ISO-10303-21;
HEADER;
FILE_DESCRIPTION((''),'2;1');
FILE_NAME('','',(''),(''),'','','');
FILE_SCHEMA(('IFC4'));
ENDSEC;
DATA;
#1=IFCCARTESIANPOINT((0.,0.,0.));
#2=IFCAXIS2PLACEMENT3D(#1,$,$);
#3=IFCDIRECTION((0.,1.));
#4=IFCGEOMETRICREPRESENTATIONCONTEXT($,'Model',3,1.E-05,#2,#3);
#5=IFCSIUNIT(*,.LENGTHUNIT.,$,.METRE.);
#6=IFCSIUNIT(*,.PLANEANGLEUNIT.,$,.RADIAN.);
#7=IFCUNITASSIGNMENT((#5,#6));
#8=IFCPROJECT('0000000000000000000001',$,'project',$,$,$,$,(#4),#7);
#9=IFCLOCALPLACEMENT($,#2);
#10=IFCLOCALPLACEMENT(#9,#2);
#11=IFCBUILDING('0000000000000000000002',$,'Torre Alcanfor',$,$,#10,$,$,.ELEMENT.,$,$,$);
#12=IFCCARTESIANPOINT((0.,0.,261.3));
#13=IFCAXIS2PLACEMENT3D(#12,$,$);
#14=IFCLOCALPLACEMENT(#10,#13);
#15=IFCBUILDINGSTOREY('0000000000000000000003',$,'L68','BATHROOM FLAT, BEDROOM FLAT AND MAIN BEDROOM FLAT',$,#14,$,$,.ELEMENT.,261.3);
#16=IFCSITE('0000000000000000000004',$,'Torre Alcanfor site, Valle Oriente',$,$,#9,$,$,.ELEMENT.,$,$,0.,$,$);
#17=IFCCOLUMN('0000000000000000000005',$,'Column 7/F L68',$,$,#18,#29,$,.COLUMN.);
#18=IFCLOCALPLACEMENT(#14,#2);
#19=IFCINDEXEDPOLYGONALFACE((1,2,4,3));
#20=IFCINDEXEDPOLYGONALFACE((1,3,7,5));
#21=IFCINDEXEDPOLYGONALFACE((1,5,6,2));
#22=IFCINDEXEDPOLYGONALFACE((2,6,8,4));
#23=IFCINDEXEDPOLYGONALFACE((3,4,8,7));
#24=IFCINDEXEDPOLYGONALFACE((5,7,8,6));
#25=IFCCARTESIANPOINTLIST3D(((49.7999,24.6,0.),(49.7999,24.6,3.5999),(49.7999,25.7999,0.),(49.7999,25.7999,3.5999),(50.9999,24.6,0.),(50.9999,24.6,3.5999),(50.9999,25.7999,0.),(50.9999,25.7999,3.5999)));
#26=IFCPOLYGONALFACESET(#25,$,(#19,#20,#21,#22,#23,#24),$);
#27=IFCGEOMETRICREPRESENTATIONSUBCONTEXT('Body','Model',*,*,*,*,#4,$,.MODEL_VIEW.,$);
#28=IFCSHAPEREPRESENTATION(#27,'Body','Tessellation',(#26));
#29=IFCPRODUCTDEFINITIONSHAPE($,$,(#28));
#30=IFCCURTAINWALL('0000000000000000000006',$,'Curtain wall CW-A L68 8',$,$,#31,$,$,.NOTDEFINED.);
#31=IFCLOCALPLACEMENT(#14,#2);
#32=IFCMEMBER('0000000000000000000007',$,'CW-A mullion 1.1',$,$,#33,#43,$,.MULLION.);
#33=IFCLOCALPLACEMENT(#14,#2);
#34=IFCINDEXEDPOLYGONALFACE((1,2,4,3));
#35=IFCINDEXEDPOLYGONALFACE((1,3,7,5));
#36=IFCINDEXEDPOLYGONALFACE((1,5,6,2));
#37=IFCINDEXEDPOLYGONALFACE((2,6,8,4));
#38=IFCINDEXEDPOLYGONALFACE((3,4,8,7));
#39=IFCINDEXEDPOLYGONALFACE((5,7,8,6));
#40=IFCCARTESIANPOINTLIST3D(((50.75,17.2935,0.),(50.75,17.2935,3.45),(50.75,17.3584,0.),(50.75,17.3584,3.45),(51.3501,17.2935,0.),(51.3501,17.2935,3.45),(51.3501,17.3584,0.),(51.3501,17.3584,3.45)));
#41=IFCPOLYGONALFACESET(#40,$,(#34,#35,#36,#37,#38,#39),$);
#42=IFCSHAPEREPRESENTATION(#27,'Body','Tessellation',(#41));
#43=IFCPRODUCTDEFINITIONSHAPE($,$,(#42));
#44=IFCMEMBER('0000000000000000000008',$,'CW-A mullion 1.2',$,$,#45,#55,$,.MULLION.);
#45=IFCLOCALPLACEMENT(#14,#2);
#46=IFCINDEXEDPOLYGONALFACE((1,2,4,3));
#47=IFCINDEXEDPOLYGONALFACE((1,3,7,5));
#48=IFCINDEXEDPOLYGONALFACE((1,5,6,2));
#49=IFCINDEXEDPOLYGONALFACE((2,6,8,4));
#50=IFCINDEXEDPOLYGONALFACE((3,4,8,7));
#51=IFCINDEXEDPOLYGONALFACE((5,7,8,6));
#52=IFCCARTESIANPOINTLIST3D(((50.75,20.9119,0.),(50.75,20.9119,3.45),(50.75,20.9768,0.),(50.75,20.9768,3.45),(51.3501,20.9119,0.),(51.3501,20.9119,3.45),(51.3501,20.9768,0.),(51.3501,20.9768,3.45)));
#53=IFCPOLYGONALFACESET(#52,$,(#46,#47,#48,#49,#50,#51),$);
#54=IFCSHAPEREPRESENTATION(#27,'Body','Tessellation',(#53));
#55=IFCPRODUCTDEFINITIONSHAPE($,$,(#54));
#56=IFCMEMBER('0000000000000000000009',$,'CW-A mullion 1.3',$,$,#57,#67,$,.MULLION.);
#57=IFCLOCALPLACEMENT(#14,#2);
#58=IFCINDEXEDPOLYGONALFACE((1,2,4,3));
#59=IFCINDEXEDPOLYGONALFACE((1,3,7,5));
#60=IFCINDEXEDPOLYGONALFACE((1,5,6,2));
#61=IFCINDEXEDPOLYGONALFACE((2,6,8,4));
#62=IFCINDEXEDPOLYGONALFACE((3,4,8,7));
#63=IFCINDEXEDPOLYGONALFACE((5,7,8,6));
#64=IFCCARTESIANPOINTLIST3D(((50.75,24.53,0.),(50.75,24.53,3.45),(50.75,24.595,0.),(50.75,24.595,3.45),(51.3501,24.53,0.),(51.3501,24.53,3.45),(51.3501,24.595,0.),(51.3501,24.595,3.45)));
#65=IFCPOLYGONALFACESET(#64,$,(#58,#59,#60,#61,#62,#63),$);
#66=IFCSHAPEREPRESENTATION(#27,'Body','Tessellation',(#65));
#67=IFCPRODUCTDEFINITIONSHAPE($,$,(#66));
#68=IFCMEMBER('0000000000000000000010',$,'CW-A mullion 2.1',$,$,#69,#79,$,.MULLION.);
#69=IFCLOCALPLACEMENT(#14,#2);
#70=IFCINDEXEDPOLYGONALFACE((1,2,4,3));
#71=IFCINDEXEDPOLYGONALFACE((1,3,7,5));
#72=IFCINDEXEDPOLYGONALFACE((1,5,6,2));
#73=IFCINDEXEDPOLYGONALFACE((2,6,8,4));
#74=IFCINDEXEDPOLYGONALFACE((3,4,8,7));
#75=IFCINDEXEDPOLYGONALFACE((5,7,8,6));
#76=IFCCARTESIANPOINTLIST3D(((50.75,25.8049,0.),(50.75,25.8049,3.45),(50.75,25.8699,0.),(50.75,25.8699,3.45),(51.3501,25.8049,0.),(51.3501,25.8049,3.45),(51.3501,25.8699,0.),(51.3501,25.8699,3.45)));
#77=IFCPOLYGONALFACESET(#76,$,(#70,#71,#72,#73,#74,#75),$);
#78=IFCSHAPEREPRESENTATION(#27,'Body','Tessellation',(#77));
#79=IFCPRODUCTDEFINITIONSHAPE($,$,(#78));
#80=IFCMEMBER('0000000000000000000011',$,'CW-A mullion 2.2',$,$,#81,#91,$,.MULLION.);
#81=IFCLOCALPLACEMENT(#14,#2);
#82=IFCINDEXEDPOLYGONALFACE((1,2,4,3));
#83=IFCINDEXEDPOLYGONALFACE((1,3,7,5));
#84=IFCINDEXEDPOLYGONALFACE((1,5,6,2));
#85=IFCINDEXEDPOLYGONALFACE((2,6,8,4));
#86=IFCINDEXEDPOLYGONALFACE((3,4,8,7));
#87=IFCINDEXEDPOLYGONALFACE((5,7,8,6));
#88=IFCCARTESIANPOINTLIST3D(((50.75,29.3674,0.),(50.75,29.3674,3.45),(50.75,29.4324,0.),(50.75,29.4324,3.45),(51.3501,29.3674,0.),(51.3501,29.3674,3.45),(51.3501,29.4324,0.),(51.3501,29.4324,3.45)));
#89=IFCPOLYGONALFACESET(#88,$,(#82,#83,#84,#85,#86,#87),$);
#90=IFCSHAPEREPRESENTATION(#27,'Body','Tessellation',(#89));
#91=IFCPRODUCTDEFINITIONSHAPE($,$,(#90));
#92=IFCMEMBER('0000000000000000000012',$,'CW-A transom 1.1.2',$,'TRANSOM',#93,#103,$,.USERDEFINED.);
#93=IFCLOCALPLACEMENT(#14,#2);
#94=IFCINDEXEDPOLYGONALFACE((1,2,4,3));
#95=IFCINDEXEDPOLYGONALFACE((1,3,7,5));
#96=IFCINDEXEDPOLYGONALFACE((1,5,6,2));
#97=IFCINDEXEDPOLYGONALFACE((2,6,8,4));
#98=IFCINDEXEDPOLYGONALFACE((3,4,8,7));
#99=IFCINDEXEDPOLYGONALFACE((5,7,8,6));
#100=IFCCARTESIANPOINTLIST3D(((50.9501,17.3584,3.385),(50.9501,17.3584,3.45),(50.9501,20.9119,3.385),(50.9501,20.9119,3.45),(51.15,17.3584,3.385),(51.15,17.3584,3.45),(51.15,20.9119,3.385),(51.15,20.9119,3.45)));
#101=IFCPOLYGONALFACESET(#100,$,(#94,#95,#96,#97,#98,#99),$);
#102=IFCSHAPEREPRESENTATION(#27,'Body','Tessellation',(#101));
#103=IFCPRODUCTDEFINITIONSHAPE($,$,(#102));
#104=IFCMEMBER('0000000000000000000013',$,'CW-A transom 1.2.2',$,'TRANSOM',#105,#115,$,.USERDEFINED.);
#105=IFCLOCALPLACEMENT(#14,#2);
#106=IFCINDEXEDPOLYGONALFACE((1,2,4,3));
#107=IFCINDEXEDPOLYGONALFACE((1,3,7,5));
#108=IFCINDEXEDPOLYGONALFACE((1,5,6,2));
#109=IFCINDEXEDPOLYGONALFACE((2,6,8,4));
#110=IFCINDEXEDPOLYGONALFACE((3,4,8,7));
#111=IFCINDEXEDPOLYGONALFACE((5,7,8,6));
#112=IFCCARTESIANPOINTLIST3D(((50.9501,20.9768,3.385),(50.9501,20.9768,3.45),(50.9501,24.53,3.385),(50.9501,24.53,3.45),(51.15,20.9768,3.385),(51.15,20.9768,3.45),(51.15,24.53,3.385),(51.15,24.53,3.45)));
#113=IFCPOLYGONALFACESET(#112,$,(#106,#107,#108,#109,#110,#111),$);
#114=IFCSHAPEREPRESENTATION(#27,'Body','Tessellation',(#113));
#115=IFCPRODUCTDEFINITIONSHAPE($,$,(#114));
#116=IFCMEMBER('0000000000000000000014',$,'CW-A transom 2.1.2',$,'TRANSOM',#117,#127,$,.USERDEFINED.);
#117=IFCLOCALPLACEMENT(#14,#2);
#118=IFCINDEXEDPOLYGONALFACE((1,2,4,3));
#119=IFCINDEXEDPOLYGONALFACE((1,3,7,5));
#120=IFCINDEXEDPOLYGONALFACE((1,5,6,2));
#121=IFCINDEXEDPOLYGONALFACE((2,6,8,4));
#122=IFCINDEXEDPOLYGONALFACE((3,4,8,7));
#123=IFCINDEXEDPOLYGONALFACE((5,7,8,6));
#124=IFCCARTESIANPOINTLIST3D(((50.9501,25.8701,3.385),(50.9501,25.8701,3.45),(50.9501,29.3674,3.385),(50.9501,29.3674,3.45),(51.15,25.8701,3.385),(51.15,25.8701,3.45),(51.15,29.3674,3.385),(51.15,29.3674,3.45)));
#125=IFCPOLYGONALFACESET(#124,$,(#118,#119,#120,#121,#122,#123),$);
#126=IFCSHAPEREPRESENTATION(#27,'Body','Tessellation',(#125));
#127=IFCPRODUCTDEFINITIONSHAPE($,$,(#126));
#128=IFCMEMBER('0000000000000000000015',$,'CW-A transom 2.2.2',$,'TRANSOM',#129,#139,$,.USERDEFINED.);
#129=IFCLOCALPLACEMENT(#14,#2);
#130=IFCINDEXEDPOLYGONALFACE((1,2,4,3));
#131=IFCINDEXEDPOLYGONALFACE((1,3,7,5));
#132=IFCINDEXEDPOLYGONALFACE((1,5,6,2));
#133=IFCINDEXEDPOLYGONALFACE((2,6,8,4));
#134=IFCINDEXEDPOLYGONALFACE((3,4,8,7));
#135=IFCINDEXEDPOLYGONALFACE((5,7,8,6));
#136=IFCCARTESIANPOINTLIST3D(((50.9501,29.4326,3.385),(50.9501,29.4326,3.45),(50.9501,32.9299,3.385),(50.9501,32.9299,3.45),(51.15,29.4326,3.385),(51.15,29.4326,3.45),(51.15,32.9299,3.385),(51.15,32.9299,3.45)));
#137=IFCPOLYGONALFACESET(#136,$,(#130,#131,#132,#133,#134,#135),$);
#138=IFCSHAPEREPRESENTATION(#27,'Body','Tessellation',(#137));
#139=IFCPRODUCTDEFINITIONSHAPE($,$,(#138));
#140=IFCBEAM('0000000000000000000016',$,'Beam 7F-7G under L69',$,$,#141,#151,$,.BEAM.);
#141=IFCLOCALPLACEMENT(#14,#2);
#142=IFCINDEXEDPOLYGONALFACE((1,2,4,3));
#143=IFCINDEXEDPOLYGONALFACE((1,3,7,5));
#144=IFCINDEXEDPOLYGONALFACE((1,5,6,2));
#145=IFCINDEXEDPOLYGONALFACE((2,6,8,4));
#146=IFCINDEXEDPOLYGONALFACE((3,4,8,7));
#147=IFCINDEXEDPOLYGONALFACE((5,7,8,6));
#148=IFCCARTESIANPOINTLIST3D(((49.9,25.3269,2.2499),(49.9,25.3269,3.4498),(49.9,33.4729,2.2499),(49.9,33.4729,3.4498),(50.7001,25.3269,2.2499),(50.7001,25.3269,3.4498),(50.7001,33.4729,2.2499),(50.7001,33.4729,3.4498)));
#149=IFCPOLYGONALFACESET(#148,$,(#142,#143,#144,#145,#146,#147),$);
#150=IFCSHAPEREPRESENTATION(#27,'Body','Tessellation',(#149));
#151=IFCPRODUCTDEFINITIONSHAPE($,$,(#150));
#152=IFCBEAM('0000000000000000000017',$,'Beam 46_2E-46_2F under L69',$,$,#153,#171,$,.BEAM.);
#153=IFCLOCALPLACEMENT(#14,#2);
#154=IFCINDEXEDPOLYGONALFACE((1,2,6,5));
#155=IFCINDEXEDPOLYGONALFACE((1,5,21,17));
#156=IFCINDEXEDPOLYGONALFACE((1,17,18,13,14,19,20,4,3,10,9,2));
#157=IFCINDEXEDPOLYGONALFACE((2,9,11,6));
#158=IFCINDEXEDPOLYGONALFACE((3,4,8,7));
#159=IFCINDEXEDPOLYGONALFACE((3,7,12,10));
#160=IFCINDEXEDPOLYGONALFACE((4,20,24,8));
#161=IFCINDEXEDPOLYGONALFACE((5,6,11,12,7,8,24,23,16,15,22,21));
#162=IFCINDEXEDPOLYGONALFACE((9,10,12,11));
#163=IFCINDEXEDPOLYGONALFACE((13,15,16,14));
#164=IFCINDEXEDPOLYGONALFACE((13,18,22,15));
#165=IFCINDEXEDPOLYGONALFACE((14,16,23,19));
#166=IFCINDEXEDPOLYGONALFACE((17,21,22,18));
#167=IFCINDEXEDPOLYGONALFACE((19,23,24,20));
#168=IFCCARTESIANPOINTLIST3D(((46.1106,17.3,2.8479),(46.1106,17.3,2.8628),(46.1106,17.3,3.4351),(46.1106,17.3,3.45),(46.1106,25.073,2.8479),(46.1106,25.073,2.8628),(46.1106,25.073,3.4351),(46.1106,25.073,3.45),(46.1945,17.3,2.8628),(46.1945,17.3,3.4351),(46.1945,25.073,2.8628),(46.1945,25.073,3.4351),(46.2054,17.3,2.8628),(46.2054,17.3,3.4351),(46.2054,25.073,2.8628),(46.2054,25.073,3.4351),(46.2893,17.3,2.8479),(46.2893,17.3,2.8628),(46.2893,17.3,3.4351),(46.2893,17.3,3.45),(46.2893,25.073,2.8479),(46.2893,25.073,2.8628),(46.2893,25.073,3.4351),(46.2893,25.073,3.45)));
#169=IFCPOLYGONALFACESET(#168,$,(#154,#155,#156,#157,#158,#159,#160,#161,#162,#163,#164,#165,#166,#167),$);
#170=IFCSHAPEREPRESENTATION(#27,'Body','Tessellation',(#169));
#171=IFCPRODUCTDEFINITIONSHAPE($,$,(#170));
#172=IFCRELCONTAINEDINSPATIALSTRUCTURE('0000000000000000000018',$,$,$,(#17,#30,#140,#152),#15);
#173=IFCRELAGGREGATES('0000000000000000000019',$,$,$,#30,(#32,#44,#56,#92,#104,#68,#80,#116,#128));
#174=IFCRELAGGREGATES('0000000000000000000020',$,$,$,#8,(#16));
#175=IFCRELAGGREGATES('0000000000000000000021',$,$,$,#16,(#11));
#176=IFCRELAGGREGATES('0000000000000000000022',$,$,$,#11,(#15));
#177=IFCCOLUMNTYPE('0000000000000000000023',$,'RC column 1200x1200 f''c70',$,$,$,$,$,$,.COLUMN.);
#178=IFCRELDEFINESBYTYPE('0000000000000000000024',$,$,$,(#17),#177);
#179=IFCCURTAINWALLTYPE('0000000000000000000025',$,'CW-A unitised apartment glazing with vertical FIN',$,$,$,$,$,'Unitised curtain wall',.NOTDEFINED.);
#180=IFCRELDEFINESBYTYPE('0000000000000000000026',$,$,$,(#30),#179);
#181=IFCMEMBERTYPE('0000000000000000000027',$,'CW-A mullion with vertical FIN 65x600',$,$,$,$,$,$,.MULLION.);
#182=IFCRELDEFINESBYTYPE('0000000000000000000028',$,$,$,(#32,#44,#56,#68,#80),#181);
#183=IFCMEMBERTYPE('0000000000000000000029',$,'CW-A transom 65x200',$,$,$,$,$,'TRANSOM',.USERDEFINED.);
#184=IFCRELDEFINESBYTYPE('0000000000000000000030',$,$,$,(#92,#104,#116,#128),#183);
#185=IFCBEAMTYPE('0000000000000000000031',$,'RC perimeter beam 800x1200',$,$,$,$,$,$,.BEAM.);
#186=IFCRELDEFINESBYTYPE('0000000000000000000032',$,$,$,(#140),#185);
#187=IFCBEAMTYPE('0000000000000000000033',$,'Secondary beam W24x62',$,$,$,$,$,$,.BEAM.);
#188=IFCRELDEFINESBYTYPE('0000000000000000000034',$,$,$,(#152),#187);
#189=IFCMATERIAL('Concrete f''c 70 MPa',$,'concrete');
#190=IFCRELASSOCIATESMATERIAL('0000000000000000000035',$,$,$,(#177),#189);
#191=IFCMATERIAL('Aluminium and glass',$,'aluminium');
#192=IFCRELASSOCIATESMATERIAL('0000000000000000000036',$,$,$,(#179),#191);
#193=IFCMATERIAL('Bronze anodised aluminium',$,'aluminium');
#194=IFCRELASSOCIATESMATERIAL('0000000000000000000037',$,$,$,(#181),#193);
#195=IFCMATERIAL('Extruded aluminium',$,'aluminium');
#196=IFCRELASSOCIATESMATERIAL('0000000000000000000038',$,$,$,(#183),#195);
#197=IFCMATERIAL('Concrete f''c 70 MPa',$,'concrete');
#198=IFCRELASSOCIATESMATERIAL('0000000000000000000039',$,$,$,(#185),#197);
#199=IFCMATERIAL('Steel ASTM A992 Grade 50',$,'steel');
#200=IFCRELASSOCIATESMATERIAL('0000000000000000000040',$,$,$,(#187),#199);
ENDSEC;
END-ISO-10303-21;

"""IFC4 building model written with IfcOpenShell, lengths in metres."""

from ifc_helpers import new_model, si_unit, direction, frame, origin, origin_2d, place, context, subcontext, project, spatial, rectangle, i_section, extrude, material, material_profile, profile_set, type_object, element, aggregate, save


model = new_model("IFC4")

# Units and contexts
model_context = context("Model", 3, precision=1e-05, world=origin(), true_north=direction((0.0, 1.0)))
body_context = subcontext(model_context, "Body", "Model", "MODEL_VIEW")
ifc_project = project(units=[si_unit("LENGTHUNIT", "METRE"), si_unit("PLANEANGLEUNIT", "RADIAN")], contexts=[model_context])

# Site, building, storey
site_placement = place(None, origin())
site = spatial("IfcSite", under=ifc_project, at=site_placement, Name="Torre Alcanfor site, Valle Oriente", CompositionType="ELEMENT", RefElevation=0.0)
building_placement = place(site_placement, origin())
building = spatial("IfcBuilding", under=site, at=building_placement, Name="Torre Alcanfor", CompositionType="ELEMENT")
storey_placement = place(building_placement, frame((0.0, 0.0, 261.3)))
storey = spatial("IfcBuildingStorey", under=building, at=storey_placement, Name="L68", Description="BATHROOM FLAT, BEDROOM FLAT AND MAIN BEDROOM FLAT", CompositionType="ELEMENT", Elevation=261.3)

# Column
ifc_material_1 = material(Name="Concrete f'c 70 MPa", Category="concrete")
ifc_material_profile_1 = material_profile(ifc_material_1, rectangle(XDim=1.2, YDim=1.2, at=origin_2d()), Name="1200x1200")
ifc_profile_set_1 = profile_set([ifc_material_profile_1], Name="Concrete f'c 70 MPa")
column_type = type_object("IfcColumnType", Name="RC column 1200x1200 f'c70", PredefinedType="COLUMN", material=ifc_profile_set_1)
column_placement = place(storey_placement, frame((50.3999, 25.2, 0.0), z_axis=(0.0, 0.0, 1.0), x_axis=(1.0, 0.0, 0.0)))
element("IfcColumn", 1, at=column_placement, inside=storey, type_object=column_type, Name="Column 7/F L68", PredefinedType="COLUMN", context=body_context, shape_type="SweptSolid", body=[
    extrude(rectangle(XDim=1.2, YDim=1.2, at=origin_2d()), origin(), (0.0, 0.0, 1.0), 3.5999),
])

# Curtain wall, members
ifc_material_2 = material(Name="Aluminium and glass", Category="aluminium")
curtain_wall_type = type_object("IfcCurtainWallType", Name="CW-A unitised apartment glazing with vertical FIN", ElementType="Unitised curtain wall", PredefinedType="NOTDEFINED", material=ifc_material_2)
curtain_wall_placement = place(storey_placement, origin())
curtain_wall = element("IfcCurtainWall", 2, at=curtain_wall_placement, inside=storey, type_object=curtain_wall_type, Name="Curtain wall CW-A L68 8", PredefinedType="NOTDEFINED")
ifc_material_3 = material(Name="Bronze anodised aluminium", Category="aluminium")
ifc_material_profile_2 = material_profile(ifc_material_3, rectangle(XDim=0.6001, YDim=0.0649, at=origin_2d()), Name="CW-A mullion 65x600")
ifc_profile_set_2 = profile_set([ifc_material_profile_2], Name="Bronze anodised aluminium")
member_type_1 = type_object("IfcMemberType", Name="CW-A mullion with vertical FIN 65x600", PredefinedType="MULLION", material=ifc_profile_set_2)
member_1_placement = place(storey_placement, frame((51.05, 17.3259, 0.0), z_axis=(0.0, 0.0, 1.0), x_axis=(-1.0, 0.0, 0.0)))
member_1 = element("IfcMember", 3, at=member_1_placement, type_object=member_type_1, Name="CW-A mullion 1.1", PredefinedType="MULLION", context=body_context, shape_type="SweptSolid", body=[
    extrude(rectangle(XDim=0.6001, YDim=0.0649, at=origin_2d()), origin(), (0.0, 0.0, 1.0), 3.45),
])
member_2_placement = place(storey_placement, frame((51.05, 20.9443, 0.0), z_axis=(0.0, 0.0, 1.0), x_axis=(-1.0, 0.0, 0.0)))
member_2 = element("IfcMember", 4, at=member_2_placement, type_object=member_type_1, Name="CW-A mullion 1.2", PredefinedType="MULLION", context=body_context, shape_type="SweptSolid", body=[
    extrude(rectangle(XDim=0.6001, YDim=0.0649, at=origin_2d()), origin(), (0.0, 0.0, 1.0), 3.45),
])
member_3_placement = place(storey_placement, frame((51.05, 24.5625, 0.0), z_axis=(0.0, 0.0, 1.0), x_axis=(-1.0, 0.0, 0.0)))
member_3 = element("IfcMember", 5, at=member_3_placement, type_object=member_type_1, Name="CW-A mullion 1.3", PredefinedType="MULLION", context=body_context, shape_type="SweptSolid", body=[
    extrude(rectangle(XDim=0.6001, YDim=0.0649, at=origin_2d()), origin(), (0.0, 0.0, 1.0), 3.45),
])
member_4_placement = place(storey_placement, frame((51.05, 25.8374, 0.0), z_axis=(0.0, 0.0, 1.0), x_axis=(-1.0, 0.0, 0.0)))
member_4 = element("IfcMember", 6, at=member_4_placement, type_object=member_type_1, Name="CW-A mullion 2.1", PredefinedType="MULLION", context=body_context, shape_type="SweptSolid", body=[
    extrude(rectangle(XDim=0.6001, YDim=0.0649, at=origin_2d()), origin(), (0.0, 0.0, 1.0), 3.45),
])
member_5_placement = place(storey_placement, frame((51.05, 29.3999, 0.0), z_axis=(0.0, 0.0, 1.0), x_axis=(-1.0, 0.0, 0.0)))
member_5 = element("IfcMember", 7, at=member_5_placement, type_object=member_type_1, Name="CW-A mullion 2.2", PredefinedType="MULLION", context=body_context, shape_type="SweptSolid", body=[
    extrude(rectangle(XDim=0.6001, YDim=0.0649, at=origin_2d()), origin(), (0.0, 0.0, 1.0), 3.45),
])
ifc_material_4 = material(Name="Extruded aluminium", Category="aluminium")
ifc_material_profile_3 = material_profile(ifc_material_4, rectangle(XDim=0.2, YDim=0.0649, at=origin_2d()), Name="CW-A transom 200x65")
ifc_profile_set_3 = profile_set([ifc_material_profile_3], Name="Extruded aluminium")
member_type_2 = type_object("IfcMemberType", Name="CW-A transom 65x200", ElementType="TRANSOM", PredefinedType="USERDEFINED", material=ifc_profile_set_3)
member_6_placement = place(storey_placement, frame((51.05, 17.3584, 3.4175), z_axis=(0.0, 1.0, 0.0), x_axis=(-1.0, 0.0, 0.0)))
member_6 = element("IfcMember", 8, at=member_6_placement, type_object=member_type_2, Name="CW-A transom 1.1.2", ObjectType="TRANSOM", PredefinedType="USERDEFINED", context=body_context, shape_type="SweptSolid", body=[
    extrude(rectangle(XDim=0.2, YDim=0.0649, at=origin_2d()), origin(), (0.0, 0.0, 1.0), 3.5535),
])
member_7_placement = place(storey_placement, frame((51.05, 20.9768, 3.4175), z_axis=(0.0, 1.0, 0.0), x_axis=(-1.0, 0.0, 0.0)))
member_7 = element("IfcMember", 9, at=member_7_placement, type_object=member_type_2, Name="CW-A transom 1.2.2", ObjectType="TRANSOM", PredefinedType="USERDEFINED", context=body_context, shape_type="SweptSolid", body=[
    extrude(rectangle(XDim=0.2, YDim=0.0649, at=origin_2d()), origin(), (0.0, 0.0, 1.0), 3.5532),
])
member_8_placement = place(storey_placement, frame((51.05, 25.8701, 3.4175), z_axis=(0.0, 1.0, 0.0), x_axis=(-1.0, 0.0, 0.0)))
member_8 = element("IfcMember", 10, at=member_8_placement, type_object=member_type_2, Name="CW-A transom 2.1.2", ObjectType="TRANSOM", PredefinedType="USERDEFINED", context=body_context, shape_type="SweptSolid", body=[
    extrude(rectangle(XDim=0.2, YDim=0.0649, at=origin_2d()), origin(), (0.0, 0.0, 1.0), 3.4973),
])
member_9_placement = place(storey_placement, frame((51.05, 29.4326, 3.4175), z_axis=(0.0, 1.0, 0.0), x_axis=(-1.0, 0.0, 0.0)))
member_9 = element("IfcMember", 11, at=member_9_placement, type_object=member_type_2, Name="CW-A transom 2.2.2", ObjectType="TRANSOM", PredefinedType="USERDEFINED", context=body_context, shape_type="SweptSolid", body=[
    extrude(rectangle(XDim=0.2, YDim=0.0649, at=origin_2d()), origin(), (0.0, 0.0, 1.0), 3.4973),
])

# Beams
ifc_material_5 = material(Name="Concrete f'c 70 MPa", Category="concrete")
ifc_material_profile_4 = material_profile(ifc_material_5, rectangle(XDim=0.8, YDim=1.2, at=origin_2d()), Name="800x1200")
ifc_profile_set_4 = profile_set([ifc_material_profile_4], Name="Concrete f'c 70 MPa")
beam_type_1 = type_object("IfcBeamType", Name="RC perimeter beam 800x1200", PredefinedType="BEAM", material=ifc_profile_set_4)
beam_1_placement = place(storey_placement, frame((50.3, 25.3269, 2.8499), z_axis=(0.0, 1.0, 0.0), x_axis=(-1.0, 0.0, 0.0)))
element("IfcBeam", 12, at=beam_1_placement, inside=storey, type_object=beam_type_1, Name="Beam 7F-7G under L69", PredefinedType="BEAM", context=body_context, shape_type="SweptSolid", body=[
    extrude(rectangle(XDim=0.8, YDim=1.2, at=origin_2d()), origin(), (0.0, 0.0, 1.0), 8.146),
])
ifc_material_6 = material(Name="Steel ASTM A992 Grade 50", Category="steel")
ifc_material_profile_5 = material_profile(ifc_material_6, i_section(OverallWidth=0.1787, OverallDepth=0.6021, WebThickness=0.011, FlangeThickness=0.0149, at=origin_2d()), Name="W24x62")
ifc_profile_set_5 = profile_set([ifc_material_profile_5], Name="Steel ASTM A992 Grade 50")
beam_type_2 = type_object("IfcBeamType", Name="Secondary beam W24x62", PredefinedType="BEAM", material=ifc_profile_set_5)
beam_2_placement = place(storey_placement, frame((46.2, 17.3, 3.1489), z_axis=(0.0, 1.0, 0.0), x_axis=(-1.0, 0.0, 0.0)))
element("IfcBeam", 13, at=beam_2_placement, inside=storey, type_object=beam_type_2, Name="Beam 46_2E-46_2F under L69", PredefinedType="BEAM", context=body_context, shape_type="SweptSolid", body=[
    extrude(i_section(OverallWidth=0.1787, OverallDepth=0.6021, WebThickness=0.011, FlangeThickness=0.0149, at=origin_2d()), origin(), (0.0, 0.0, 1.0), 7.7729),
])

aggregate(curtain_wall, [member_1, member_2, member_3, member_6, member_7, member_4, member_5, member_8, member_9])

save(model, "model.ifc")
